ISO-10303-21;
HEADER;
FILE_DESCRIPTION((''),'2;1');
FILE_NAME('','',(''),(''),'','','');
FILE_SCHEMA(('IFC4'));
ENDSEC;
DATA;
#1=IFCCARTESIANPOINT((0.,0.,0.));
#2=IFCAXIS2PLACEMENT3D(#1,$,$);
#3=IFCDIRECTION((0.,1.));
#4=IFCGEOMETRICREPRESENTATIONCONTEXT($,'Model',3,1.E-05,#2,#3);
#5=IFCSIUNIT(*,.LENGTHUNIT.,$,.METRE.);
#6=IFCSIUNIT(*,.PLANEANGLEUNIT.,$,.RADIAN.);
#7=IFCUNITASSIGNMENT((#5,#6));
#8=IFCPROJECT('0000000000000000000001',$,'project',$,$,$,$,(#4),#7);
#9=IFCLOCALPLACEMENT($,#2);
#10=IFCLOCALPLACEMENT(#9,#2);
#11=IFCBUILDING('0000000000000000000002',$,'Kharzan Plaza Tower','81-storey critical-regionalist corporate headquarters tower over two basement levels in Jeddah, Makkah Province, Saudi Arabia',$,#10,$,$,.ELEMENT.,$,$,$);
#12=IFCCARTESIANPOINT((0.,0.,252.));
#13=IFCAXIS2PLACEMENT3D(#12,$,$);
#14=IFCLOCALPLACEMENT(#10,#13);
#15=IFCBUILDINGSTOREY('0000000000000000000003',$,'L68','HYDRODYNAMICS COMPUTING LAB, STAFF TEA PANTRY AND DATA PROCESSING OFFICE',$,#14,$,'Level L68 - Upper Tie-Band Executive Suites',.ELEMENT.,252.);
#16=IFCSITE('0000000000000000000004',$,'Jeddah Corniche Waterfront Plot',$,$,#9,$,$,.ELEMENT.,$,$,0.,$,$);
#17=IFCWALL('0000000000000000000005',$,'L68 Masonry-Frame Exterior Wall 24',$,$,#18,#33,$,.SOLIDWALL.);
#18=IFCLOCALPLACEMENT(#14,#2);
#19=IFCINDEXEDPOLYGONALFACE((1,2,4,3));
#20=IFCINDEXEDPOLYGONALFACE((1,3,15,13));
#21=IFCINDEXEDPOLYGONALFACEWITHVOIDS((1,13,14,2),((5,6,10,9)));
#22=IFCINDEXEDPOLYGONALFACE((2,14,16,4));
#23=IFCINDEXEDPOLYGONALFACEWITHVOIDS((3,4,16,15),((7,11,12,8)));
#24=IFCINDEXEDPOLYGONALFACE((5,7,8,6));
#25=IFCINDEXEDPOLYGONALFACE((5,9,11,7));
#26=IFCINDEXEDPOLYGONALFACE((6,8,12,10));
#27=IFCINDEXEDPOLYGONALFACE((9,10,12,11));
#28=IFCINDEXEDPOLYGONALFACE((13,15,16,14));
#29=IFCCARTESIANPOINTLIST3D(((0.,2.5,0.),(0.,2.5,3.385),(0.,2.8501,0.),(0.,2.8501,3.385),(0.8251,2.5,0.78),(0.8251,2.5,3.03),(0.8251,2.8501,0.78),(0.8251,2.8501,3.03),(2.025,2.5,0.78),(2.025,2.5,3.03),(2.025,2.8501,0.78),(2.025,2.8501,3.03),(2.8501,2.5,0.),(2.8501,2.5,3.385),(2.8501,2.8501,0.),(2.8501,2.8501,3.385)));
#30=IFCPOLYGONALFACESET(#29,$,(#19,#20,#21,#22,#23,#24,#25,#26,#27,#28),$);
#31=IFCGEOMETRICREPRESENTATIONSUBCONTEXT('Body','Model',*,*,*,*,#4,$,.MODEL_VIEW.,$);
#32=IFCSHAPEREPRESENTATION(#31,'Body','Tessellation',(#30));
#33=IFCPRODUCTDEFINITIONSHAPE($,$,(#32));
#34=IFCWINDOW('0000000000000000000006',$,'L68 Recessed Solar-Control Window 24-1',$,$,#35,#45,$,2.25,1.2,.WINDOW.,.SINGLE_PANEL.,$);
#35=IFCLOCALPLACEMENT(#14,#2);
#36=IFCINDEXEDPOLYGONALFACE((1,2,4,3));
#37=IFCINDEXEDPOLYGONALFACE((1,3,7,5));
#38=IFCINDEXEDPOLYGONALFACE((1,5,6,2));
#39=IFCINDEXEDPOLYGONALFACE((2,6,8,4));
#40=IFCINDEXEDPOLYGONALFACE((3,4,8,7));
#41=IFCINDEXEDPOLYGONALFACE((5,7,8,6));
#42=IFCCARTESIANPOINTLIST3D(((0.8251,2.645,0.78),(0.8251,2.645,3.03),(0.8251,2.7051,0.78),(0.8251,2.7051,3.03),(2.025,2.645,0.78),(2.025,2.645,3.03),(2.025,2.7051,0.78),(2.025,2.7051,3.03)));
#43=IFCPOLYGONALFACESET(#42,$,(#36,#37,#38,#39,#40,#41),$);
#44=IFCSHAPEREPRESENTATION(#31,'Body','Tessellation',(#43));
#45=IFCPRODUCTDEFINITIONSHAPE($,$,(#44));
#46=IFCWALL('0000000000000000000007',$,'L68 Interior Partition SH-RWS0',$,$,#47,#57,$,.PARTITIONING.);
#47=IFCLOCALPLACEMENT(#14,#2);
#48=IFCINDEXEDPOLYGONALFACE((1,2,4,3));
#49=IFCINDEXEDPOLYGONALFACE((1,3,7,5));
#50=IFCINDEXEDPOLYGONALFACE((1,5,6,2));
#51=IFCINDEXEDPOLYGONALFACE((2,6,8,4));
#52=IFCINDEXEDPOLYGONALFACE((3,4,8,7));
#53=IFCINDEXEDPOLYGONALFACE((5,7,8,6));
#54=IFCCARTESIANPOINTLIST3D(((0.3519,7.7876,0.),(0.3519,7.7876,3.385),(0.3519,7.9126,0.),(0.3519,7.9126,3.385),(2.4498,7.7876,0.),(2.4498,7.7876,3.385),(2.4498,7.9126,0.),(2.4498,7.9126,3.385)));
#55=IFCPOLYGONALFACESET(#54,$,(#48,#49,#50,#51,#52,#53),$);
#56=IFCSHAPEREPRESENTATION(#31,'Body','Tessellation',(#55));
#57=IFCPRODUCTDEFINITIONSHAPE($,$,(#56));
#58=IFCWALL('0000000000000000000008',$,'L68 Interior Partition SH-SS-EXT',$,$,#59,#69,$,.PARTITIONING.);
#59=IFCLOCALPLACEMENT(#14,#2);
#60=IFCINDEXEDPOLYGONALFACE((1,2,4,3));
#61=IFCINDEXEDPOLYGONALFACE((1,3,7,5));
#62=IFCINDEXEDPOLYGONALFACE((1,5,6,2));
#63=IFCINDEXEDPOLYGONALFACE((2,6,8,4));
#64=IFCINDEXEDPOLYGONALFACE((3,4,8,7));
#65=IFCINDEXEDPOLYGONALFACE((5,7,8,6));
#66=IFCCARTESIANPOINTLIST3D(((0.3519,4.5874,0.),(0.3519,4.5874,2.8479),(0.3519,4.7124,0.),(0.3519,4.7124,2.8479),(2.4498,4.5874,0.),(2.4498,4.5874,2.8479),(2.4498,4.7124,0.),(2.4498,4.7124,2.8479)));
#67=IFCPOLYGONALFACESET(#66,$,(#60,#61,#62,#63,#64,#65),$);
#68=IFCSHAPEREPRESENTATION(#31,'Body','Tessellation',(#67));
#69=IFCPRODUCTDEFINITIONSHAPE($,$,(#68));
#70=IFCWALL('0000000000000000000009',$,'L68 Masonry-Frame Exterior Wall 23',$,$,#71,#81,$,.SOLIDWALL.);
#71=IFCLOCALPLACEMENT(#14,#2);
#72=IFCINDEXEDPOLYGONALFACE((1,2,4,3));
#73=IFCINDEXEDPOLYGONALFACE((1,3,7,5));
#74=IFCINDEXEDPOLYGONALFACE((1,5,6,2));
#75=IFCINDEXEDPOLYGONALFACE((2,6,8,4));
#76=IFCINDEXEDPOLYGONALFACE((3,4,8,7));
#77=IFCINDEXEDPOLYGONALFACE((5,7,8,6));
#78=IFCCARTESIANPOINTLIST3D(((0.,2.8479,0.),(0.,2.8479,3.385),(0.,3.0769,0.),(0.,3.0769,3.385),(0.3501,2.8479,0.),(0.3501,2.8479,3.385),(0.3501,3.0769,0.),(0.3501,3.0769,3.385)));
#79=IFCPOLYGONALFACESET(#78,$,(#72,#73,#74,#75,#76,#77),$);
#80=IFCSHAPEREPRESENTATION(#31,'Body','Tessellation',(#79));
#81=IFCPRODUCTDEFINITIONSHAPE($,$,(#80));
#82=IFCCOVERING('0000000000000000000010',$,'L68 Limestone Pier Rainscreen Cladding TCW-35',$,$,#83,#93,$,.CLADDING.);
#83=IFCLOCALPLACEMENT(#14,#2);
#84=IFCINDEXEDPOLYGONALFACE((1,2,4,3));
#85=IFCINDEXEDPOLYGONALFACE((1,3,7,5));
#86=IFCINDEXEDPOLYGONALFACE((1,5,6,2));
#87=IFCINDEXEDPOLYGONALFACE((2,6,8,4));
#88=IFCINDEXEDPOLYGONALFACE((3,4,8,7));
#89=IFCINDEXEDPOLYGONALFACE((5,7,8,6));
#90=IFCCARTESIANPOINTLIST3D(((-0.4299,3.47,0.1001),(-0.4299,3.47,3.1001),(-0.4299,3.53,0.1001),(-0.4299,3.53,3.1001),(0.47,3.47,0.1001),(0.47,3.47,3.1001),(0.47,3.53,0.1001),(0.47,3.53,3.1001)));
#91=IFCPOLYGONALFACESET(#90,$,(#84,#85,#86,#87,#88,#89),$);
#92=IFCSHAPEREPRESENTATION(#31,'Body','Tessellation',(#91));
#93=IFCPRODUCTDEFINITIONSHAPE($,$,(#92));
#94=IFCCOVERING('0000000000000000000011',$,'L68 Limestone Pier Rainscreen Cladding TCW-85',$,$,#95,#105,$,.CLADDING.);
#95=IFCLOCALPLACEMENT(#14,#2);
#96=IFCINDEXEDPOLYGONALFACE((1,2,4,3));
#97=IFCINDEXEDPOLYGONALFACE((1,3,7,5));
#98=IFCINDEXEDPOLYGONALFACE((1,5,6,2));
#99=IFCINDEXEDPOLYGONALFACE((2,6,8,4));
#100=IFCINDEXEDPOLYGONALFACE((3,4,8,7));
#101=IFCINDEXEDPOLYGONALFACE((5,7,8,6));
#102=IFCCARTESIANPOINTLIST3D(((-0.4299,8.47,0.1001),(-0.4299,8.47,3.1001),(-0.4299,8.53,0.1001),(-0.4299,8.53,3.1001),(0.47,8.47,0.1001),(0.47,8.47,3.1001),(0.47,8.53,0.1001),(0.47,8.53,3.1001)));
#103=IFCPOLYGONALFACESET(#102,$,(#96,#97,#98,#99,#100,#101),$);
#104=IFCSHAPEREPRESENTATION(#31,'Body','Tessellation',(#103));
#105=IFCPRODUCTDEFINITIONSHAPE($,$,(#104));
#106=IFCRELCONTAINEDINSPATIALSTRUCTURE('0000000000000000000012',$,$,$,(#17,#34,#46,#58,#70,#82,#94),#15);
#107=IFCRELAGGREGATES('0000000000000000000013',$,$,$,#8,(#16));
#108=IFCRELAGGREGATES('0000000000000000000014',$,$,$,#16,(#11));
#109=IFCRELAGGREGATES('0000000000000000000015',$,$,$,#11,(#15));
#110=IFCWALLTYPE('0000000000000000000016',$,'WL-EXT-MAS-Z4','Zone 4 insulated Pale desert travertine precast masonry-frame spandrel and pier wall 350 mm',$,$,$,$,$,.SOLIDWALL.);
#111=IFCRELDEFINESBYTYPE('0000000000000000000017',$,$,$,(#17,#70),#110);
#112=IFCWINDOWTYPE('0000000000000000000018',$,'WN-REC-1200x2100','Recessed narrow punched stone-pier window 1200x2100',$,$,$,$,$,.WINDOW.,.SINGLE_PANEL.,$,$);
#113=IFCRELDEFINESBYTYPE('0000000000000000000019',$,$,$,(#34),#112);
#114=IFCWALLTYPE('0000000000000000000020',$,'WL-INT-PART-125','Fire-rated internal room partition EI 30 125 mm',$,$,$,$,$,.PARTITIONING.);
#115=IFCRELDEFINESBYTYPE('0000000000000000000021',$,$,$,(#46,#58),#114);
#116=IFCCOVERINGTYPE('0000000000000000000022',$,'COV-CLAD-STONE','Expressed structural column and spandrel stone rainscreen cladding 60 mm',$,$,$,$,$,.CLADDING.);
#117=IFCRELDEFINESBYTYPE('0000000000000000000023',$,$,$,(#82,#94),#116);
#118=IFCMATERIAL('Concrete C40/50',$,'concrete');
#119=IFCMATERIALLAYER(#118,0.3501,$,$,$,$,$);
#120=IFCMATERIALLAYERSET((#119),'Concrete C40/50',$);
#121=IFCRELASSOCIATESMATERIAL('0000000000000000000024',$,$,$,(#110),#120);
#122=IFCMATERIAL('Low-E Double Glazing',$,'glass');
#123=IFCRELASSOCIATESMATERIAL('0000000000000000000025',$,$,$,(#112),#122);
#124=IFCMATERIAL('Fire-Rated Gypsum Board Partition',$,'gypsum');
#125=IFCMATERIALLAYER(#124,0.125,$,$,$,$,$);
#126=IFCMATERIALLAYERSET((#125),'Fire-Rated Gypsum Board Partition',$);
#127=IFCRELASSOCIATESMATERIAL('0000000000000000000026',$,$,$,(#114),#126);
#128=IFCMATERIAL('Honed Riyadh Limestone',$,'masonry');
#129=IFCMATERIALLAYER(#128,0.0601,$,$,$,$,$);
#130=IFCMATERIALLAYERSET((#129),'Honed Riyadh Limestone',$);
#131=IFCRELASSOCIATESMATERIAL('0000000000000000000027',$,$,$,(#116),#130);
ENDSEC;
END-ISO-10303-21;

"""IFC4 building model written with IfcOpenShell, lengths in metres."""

from ifc_helpers import new_model, si_unit, direction, frame, frame_2d, origin, origin_2d, place, context, subcontext, project, spatial, rectangle, extrude, source, transform, mapped, material, layer, layer_set, type_object, element, fill, save


model = new_model("IFC4")

# Units and contexts
model_context = context("Model", 3, precision=1e-05, world=origin(), true_north=direction((0.0, 1.0)))
body_context = subcontext(model_context, "Body", "Model", "MODEL_VIEW")
ifc_project = project(units=[si_unit("LENGTHUNIT", "METRE"), si_unit("PLANEANGLEUNIT", "RADIAN")], contexts=[model_context])

# Site, building, storey
site_placement = place(None, origin())
site = spatial("IfcSite", under=ifc_project, at=site_placement, Name="Jeddah Corniche Waterfront Plot", CompositionType="ELEMENT", RefElevation=0.0)
building_placement = place(site_placement, origin())
building = spatial("IfcBuilding", under=site, at=building_placement, Name="Kharzan Plaza Tower", Description="81-storey critical-regionalist corporate headquarters tower over two basement levels in Jeddah, Makkah Province, Saudi Arabia", CompositionType="ELEMENT")
storey_placement = place(building_placement, frame((0.0, 0.0, 252.0)))
storey = spatial("IfcBuildingStorey", under=building, at=storey_placement, Name="L68", Description="HYDRODYNAMICS COMPUTING LAB, STAFF TEA PANTRY AND DATA PROCESSING OFFICE", LongName="Level L68 - Upper Tie-Band Executive Suites", CompositionType="ELEMENT", Elevation=252.0)

# Shared definitions
ifc_material_1 = material(Name="Concrete C40/50", Category="concrete")

# Wall, opening, window
ifc_layer_1 = layer(ifc_material_1, 0.3501)
ifc_layer_set_1 = layer_set([ifc_layer_1], Name="Concrete C40/50")
wall_type_1 = type_object("IfcWallType", Name="WL-EXT-MAS-Z4", Description="Zone 4 insulated Pale desert travertine precast masonry-frame spandrel and pier wall 350 mm", PredefinedType="SOLIDWALL", material=ifc_layer_set_1)
ifc_material_2 = material(Name="Low-E Double Glazing", Category="glass")
wall_1_placement = place(storey_placement, frame((0.0, 2.675, 0.0), z_axis=(0.0, 0.0, 1.0), x_axis=(1.0, 0.0, 0.0)))
wall_1 = element("IfcWall", 1, at=wall_1_placement, inside=storey, type_object=wall_type_1, Name="L68 Masonry-Frame Exterior Wall 24", PredefinedType="SOLIDWALL", context=body_context, shape_type="SweptSolid", body=[
    extrude(rectangle(XDim=2.8501, YDim=0.3501, at=frame_2d((1.425, 0.0))), origin(), (0.0, 0.0, 1.0), 3.385),
])
opening_1_placement = place(wall_1_placement, frame((0.825, 0.0, 0.78)))
opening_1 = element("IfcOpeningElement", 2, at=opening_1_placement, cuts=wall_1, PredefinedType="OPENING", context=body_context, shape_type="SweptSolid", body=[
    extrude(rectangle(XDim=1.2, YDim=2.25, at=frame_2d((0.6001, 1.125))), frame((0.0, 0.1851, 0.0), z_axis=(0.0, -1.0, 0.0), x_axis=(1.0, 0.0, 0.0)), (0.0, 0.0, 1.0), 0.3701),
])
window_type_1 = type_object("IfcWindowType", Name="WN-REC-1200x2100", Description="Recessed narrow punched stone-pier window 1200x2100", PartitioningType="SINGLE_PANEL", PredefinedType="WINDOW", material=ifc_material_2)
shared_shape_1 = source(origin(), body_context, "Body", "SweptSolid", [
    extrude(rectangle(XDim=1.2, YDim=2.25, at=frame_2d((0.6001, 1.125))), frame((0.0, 0.03, 0.0), z_axis=(0.0, -1.0, 0.0), x_axis=(1.0, 0.0, 0.0)), (0.0, 0.0, 1.0), 0.0601),
])
window_1_placement = place(opening_1_placement, origin())
window_1 = element("IfcWindow", 3, at=window_1_placement, inside=storey, type_object=window_type_1, Name="L68 Recessed Solar-Control Window 24-1", OverallHeight=2.25, OverallWidth=1.2, PartitioningType="SINGLE_PANEL", PredefinedType="WINDOW", context=body_context, shape_type="MappedRepresentation", body=[
    mapped(shared_shape_1, transform((0.0, 0.0, 0.0), x_axis=(1.0, 0.0, 0.0), y_axis=(0.0, 1.0, 0.0), z_axis=(0.0, 0.0, 1.0))),
])
fill(opening_1, window_1)

# Walls
ifc_material_3 = material(Name="Fire-Rated Gypsum Board Partition", Category="gypsum")
ifc_layer_2 = layer(ifc_material_3, 0.125)
ifc_layer_set_2 = layer_set([ifc_layer_2], Name="Fire-Rated Gypsum Board Partition")
wall_type_2 = type_object("IfcWallType", Name="WL-INT-PART-125", Description="Fire-rated internal room partition EI 30 125 mm", PredefinedType="PARTITIONING", material=ifc_layer_set_2)
shared_shape_2 = source(origin(), body_context, "Body", "SweptSolid", [
    extrude(rectangle(XDim=2.0979, YDim=0.125, at=frame_2d((1.0488, 0.0))), origin(), (0.0, 0.0, 1.0), 3.385),
])
wall_2_placement = place(storey_placement, frame((0.3521, 7.8501, 0.0), z_axis=(0.0, 0.0, 1.0), x_axis=(1.0, 0.0, 0.0)))
element("IfcWall", 4, at=wall_2_placement, inside=storey, type_object=wall_type_2, Name="L68 Interior Partition SH-RWS0", PredefinedType="PARTITIONING", context=body_context, shape_type="MappedRepresentation", body=[
    mapped(shared_shape_2, transform((0.0, 0.0, 0.0), x_axis=(1.0, 0.0, 0.0), y_axis=(0.0, 1.0, 0.0), z_axis=(0.0, 0.0, 1.0))),
])
shared_shape_3 = source(origin(), body_context, "Body", "SweptSolid", [
    extrude(rectangle(XDim=2.0979, YDim=0.125, at=frame_2d((1.0488, 0.0))), origin(), (0.0, 0.0, 1.0), 2.8479),
])
wall_3_placement = place(storey_placement, frame((0.3521, 4.6499, 0.0), z_axis=(0.0, 0.0, 1.0), x_axis=(1.0, 0.0, 0.0)))
element("IfcWall", 5, at=wall_3_placement, inside=storey, type_object=wall_type_2, Name="L68 Interior Partition SH-SS-EXT", PredefinedType="PARTITIONING", context=body_context, shape_type="MappedRepresentation", body=[
    mapped(shared_shape_3, transform((0.0, 0.0, 0.0), x_axis=(1.0, 0.0, 0.0), y_axis=(0.0, 1.0, 0.0), z_axis=(0.0, 0.0, 1.0))),
])
shared_shape_4 = source(origin(), body_context, "Body", "SweptSolid", [
    extrude(rectangle(XDim=0.229, YDim=0.3501, at=frame_2d((0.1145, 0.0))), origin(), (0.0, 0.0, 1.0), 3.385),
])
wall_4_placement = place(storey_placement, frame((0.175, 3.0769, 0.0), z_axis=(0.0, 0.0, 1.0), x_axis=(0.0, -1.0, 0.0)))
element("IfcWall", 6, at=wall_4_placement, inside=storey, type_object=wall_type_1, Name="L68 Masonry-Frame Exterior Wall 23", PredefinedType="SOLIDWALL", context=body_context, shape_type="MappedRepresentation", body=[
    mapped(shared_shape_4, transform((0.0, 0.0, 0.0), x_axis=(1.0, 0.0, 0.0), y_axis=(0.0, 1.0, 0.0), z_axis=(0.0, 0.0, 1.0))),
])

# Coverings
ifc_material_4 = material(Name="Honed Riyadh Limestone", Category="masonry")
ifc_layer_3 = layer(ifc_material_4, 0.0601)
ifc_layer_set_3 = layer_set([ifc_layer_3], Name="Honed Riyadh Limestone")
covering_type = type_object("IfcCoveringType", Name="COV-CLAD-STONE", Description="Expressed structural column and spandrel stone rainscreen cladding 60 mm", PredefinedType="CLADDING", material=ifc_layer_set_3)
shared_shape_5 = source(origin(), body_context, "Body", "SweptSolid", [
    extrude(rectangle(XDim=0.0601, YDim=0.8999, at=origin_2d()), origin(), (0.0, 0.0, 1.0), 3.0),
])
for number, where, z_axis, x_axis, name in (
    (7, (0.02, 3.5, 0.1001), (0.0, 0.0, 1.0), (0.0, 1.0, 0.0), "L68 Limestone Pier Rainscreen Cladding TCW-35"),
    (8, (0.02, 8.5, 0.1001), (0.0, 0.0, 1.0), (0.0, 1.0, 0.0), "L68 Limestone Pier Rainscreen Cladding TCW-85"),
):
    element("IfcCovering", number, at=place(storey_placement, frame(where, z_axis=z_axis, x_axis=x_axis)), inside=storey, type_object=covering_type, Name=name, PredefinedType="CLADDING", context=body_context, shape_type="MappedRepresentation", body=[
        mapped(shared_shape_5, transform((0.0, 0.0, 0.0), x_axis=(1.0, 0.0, 0.0), y_axis=(0.0, 1.0, 0.0), z_axis=(0.0, 0.0, 1.0))),
    ])

save(model, "model.ifc")
